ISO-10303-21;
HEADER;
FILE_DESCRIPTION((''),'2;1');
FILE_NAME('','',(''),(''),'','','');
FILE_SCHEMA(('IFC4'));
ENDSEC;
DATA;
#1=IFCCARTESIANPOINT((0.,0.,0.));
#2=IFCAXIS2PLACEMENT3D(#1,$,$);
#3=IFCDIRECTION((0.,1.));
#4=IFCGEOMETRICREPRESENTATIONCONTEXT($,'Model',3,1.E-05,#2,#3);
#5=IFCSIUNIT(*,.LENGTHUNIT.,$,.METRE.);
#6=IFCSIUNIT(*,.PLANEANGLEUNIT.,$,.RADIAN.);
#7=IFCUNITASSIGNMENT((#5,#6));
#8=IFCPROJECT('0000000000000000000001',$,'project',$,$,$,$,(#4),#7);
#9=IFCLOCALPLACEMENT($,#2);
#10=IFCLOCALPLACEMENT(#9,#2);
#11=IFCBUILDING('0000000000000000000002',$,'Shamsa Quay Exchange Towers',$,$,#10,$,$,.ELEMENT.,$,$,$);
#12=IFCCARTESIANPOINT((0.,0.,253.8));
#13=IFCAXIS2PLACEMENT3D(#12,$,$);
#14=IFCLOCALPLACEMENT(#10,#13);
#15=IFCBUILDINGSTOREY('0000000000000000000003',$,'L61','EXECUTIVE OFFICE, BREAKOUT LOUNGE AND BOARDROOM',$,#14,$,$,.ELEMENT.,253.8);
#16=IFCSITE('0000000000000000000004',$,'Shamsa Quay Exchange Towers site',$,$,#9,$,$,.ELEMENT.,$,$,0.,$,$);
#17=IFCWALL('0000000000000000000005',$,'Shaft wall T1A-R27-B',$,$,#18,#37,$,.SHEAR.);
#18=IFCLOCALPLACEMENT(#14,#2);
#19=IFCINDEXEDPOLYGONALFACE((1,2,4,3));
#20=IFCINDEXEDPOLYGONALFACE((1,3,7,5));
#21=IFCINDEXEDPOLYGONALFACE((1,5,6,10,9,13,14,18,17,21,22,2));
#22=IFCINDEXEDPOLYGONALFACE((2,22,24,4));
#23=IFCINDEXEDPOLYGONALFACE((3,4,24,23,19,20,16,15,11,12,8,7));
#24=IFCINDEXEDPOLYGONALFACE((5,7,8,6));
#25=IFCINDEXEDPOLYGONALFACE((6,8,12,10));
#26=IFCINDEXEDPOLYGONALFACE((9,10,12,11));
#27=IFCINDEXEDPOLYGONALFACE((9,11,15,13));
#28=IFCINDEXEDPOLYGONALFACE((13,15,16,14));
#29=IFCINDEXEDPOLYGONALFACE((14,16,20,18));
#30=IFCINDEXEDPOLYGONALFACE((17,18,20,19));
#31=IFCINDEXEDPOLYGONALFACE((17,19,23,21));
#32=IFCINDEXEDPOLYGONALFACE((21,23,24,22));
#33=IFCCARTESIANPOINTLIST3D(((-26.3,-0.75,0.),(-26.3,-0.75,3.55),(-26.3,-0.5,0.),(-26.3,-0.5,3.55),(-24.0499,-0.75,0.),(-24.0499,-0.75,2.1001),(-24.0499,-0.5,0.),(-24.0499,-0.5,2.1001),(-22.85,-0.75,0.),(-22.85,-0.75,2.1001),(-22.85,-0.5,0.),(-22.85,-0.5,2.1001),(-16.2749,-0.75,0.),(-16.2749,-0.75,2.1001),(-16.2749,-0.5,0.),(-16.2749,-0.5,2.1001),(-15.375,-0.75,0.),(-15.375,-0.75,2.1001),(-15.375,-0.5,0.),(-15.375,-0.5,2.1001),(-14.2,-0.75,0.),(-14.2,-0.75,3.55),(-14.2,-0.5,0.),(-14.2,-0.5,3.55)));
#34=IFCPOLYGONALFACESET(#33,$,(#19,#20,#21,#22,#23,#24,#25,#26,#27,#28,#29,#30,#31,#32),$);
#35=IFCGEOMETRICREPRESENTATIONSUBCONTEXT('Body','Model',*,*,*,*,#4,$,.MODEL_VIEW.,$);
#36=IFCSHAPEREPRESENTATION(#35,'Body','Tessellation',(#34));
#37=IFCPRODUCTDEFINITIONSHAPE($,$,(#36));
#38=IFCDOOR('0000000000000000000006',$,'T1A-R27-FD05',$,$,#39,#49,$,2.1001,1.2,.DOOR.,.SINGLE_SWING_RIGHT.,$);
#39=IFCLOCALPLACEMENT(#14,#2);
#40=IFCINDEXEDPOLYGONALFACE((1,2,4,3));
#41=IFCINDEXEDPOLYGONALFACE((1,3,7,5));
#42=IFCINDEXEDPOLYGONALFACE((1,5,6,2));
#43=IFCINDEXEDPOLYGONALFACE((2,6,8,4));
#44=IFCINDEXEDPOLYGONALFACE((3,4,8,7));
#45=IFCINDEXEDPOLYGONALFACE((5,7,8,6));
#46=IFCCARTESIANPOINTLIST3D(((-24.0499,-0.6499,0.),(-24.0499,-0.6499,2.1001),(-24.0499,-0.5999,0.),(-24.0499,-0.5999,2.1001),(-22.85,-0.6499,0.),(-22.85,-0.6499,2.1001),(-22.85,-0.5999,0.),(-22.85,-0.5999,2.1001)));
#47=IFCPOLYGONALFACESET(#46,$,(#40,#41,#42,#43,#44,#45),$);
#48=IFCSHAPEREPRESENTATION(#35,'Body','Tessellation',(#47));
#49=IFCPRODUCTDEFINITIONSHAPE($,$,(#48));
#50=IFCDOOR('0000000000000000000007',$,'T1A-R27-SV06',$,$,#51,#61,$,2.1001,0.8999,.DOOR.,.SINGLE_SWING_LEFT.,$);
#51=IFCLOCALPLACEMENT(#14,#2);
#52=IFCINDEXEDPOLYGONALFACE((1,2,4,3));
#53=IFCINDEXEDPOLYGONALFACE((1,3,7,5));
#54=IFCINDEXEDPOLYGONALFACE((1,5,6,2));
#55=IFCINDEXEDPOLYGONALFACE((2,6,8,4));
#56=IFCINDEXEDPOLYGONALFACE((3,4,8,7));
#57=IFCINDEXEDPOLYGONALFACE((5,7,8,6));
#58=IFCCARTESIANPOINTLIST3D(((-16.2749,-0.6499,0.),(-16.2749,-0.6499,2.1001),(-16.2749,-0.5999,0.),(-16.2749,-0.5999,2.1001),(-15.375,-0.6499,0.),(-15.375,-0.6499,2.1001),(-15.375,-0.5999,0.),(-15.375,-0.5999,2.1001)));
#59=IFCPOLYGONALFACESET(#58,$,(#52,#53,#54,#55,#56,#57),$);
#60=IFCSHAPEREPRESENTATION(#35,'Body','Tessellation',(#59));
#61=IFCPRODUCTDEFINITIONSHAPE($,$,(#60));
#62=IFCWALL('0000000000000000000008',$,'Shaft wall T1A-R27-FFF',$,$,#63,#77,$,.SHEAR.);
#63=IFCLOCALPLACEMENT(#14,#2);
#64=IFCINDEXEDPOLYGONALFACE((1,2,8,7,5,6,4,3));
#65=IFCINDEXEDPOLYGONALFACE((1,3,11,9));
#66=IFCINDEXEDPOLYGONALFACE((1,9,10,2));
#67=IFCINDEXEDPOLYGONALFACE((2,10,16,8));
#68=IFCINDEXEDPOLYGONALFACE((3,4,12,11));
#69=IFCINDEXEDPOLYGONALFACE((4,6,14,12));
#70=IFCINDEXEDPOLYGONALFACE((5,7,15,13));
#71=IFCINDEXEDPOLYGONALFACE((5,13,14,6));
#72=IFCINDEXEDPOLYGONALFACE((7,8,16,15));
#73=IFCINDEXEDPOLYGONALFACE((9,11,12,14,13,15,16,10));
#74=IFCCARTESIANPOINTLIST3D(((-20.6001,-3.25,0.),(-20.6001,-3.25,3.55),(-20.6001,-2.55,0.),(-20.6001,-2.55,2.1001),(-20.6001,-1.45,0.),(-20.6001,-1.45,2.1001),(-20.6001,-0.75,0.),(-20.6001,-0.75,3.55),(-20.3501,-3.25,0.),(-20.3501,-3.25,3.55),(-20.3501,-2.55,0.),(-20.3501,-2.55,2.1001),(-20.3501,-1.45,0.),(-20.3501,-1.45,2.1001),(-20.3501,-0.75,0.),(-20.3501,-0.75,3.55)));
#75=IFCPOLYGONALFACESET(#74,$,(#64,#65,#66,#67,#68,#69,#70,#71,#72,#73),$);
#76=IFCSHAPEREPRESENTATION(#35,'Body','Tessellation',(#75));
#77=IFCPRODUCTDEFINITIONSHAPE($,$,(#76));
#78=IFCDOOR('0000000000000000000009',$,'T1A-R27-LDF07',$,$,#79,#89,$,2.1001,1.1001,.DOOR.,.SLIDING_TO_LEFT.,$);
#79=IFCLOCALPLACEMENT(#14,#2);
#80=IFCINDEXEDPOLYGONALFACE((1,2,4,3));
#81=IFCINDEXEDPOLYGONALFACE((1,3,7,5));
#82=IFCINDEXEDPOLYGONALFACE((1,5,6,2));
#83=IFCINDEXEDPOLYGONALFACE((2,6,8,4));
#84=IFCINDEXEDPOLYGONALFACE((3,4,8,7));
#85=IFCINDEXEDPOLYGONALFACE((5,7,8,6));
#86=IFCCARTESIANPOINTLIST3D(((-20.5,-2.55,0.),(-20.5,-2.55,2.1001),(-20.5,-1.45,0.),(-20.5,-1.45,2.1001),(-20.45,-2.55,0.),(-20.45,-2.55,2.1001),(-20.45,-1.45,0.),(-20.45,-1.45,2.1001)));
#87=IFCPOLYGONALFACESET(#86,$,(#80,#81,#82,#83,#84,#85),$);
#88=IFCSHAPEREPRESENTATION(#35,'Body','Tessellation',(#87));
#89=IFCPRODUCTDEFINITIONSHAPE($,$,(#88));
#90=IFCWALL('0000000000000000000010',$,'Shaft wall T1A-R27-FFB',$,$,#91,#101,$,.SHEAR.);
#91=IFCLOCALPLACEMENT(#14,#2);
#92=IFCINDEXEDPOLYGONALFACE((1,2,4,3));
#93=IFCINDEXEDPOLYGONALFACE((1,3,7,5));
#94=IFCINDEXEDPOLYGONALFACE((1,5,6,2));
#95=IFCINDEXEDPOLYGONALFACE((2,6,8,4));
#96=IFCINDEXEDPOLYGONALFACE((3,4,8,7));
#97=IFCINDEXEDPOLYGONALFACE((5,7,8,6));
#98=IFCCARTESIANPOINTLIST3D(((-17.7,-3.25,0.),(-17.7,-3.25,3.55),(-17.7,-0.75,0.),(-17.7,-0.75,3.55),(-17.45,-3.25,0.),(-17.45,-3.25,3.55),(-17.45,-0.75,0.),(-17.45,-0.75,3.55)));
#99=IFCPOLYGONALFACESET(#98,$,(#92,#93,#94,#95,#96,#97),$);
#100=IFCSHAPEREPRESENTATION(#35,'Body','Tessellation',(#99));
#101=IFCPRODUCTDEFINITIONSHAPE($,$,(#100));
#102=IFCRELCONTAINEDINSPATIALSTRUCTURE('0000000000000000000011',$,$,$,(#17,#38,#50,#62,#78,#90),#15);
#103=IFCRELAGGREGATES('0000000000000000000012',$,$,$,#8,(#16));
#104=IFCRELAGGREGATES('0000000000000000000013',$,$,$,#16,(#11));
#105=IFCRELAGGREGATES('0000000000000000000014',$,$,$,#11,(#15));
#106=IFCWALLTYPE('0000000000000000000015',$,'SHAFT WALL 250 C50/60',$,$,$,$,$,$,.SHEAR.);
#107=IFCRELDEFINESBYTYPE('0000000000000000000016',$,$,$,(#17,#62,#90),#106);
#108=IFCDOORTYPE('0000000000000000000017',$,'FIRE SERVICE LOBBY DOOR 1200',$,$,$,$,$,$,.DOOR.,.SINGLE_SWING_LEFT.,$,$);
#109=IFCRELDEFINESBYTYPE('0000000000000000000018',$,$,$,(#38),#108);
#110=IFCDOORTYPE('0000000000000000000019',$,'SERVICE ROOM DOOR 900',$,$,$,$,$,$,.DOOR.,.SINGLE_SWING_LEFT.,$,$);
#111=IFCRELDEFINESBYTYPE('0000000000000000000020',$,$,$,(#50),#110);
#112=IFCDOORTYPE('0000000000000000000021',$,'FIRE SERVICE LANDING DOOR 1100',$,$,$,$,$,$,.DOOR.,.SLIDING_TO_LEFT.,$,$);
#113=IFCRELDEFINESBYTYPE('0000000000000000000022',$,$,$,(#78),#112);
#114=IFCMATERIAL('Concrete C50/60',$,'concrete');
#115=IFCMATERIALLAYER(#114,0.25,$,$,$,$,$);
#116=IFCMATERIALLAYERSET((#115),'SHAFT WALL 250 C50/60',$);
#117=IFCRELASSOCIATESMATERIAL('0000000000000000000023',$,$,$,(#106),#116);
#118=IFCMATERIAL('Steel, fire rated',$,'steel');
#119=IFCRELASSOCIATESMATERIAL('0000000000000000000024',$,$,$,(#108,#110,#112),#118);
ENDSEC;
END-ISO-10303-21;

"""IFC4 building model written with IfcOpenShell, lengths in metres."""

from ifc_helpers import new_model, si_unit, direction, frame, frame_2d, origin, place, context, subcontext, project, spatial, rectangle, extrude, material, layer, layer_set, type_object, element, fill, save


model = new_model("IFC4")

# Units and contexts
model_context = context("Model", 3, precision=1e-05, world=origin(), true_north=direction((0.0, 1.0)))
body_context = subcontext(model_context, "Body", "Model", "MODEL_VIEW")
ifc_project = project(units=[si_unit("LENGTHUNIT", "METRE"), si_unit("PLANEANGLEUNIT", "RADIAN")], contexts=[model_context])

# Site, building, storey
site_placement = place(None, origin())
site = spatial("IfcSite", under=ifc_project, at=site_placement, Name="Shamsa Quay Exchange Towers site", CompositionType="ELEMENT", RefElevation=0.0)
building_placement = place(site_placement, origin())
building = spatial("IfcBuilding", under=site, at=building_placement, Name="Shamsa Quay Exchange Towers", CompositionType="ELEMENT")
storey_placement = place(building_placement, frame((0.0, 0.0, 253.8)))
storey = spatial("IfcBuildingStorey", under=building, at=storey_placement, Name="L61", Description="EXECUTIVE OFFICE, BREAKOUT LOUNGE AND BOARDROOM", CompositionType="ELEMENT", Elevation=253.8)

# Shared definitions
ifc_material_1 = material(Name="Concrete C50/60", Category="concrete")
ifc_layer_1 = layer(ifc_material_1, 0.25)
ifc_layer_set_1 = layer_set([ifc_layer_1], Name="SHAFT WALL 250 C50/60")
wall_type = type_object("IfcWallType", Name="SHAFT WALL 250 C50/60", PredefinedType="SHEAR", material=ifc_layer_set_1)
ifc_material_2 = material(Name="Steel, fire rated", Category="steel")

# Wall, openings, doors
wall_1_placement = place(storey_placement, frame((-14.2, -0.625, 0.0), z_axis=(0.0, 0.0, 1.0), x_axis=(-1.0, 0.0, 0.0)))
wall_1 = element("IfcWall", 1, at=wall_1_placement, inside=storey, type_object=wall_type, Name="Shaft wall T1A-R27-B", PredefinedType="SHEAR", context=body_context, shape_type="SweptSolid", body=[
    extrude(rectangle(XDim=12.1001, YDim=0.25, at=frame_2d((6.05, 0.0))), origin(), (0.0, 0.0, 1.0), 3.55),
])
opening_1_placement = place(wall_1_placement, frame((8.6499, 0.0, 0.0)))
opening_1 = element("IfcOpeningElement", 2, at=opening_1_placement, cuts=wall_1, PredefinedType="OPENING", context=body_context, shape_type="SweptSolid", body=[
    extrude(rectangle(XDim=1.2, YDim=2.1001, at=frame_2d((0.6001, 1.05))), frame((0.0, 0.135, 0.0), z_axis=(0.0, -1.0, 0.0), x_axis=(1.0, 0.0, 0.0)), (0.0, 0.0, 1.0), 0.27),
])
opening_2_placement = place(wall_1_placement, frame((1.175, 0.0, 0.0)))
opening_2 = element("IfcOpeningElement", 3, at=opening_2_placement, cuts=wall_1, PredefinedType="OPENING", context=body_context, shape_type="SweptSolid", body=[
    extrude(rectangle(XDim=0.8999, YDim=2.1001, at=frame_2d((0.45, 1.05))), frame((0.0, 0.135, 0.0), z_axis=(0.0, -1.0, 0.0), x_axis=(1.0, 0.0, 0.0)), (0.0, 0.0, 1.0), 0.27),
])
door_type_1 = type_object("IfcDoorType", Name="FIRE SERVICE LOBBY DOOR 1200", OperationType="SINGLE_SWING_LEFT", PredefinedType="DOOR", material=ifc_material_2)
door_1_placement = place(opening_1_placement, origin())
door_1 = element("IfcDoor", 4, at=door_1_placement, inside=storey, type_object=door_type_1, Name="T1A-R27-FD05", OperationType="SINGLE_SWING_RIGHT", OverallHeight=2.1001, OverallWidth=1.2, PredefinedType="DOOR", context=body_context, shape_type="SweptSolid", body=[
    extrude(rectangle(XDim=1.2, YDim=2.1001, at=frame_2d((0.6001, 1.05))), frame((0.0, 0.0249, 0.0), z_axis=(0.0, -1.0, 0.0), x_axis=(1.0, 0.0, 0.0)), (0.0, 0.0, 1.0), 0.05),
])
fill(opening_1, door_1)
door_type_2 = type_object("IfcDoorType", Name="SERVICE ROOM DOOR 900", OperationType="SINGLE_SWING_LEFT", PredefinedType="DOOR", material=ifc_material_2)
door_2_placement = place(opening_2_placement, origin())
door_2 = element("IfcDoor", 5, at=door_2_placement, inside=storey, type_object=door_type_2, Name="T1A-R27-SV06", OperationType="SINGLE_SWING_LEFT", OverallHeight=2.1001, OverallWidth=0.8999, PredefinedType="DOOR", context=body_context, shape_type="SweptSolid", body=[
    extrude(rectangle(XDim=0.8999, YDim=2.1001, at=frame_2d((0.45, 1.05))), frame((0.0, 0.0249, 0.0), z_axis=(0.0, -1.0, 0.0), x_axis=(1.0, 0.0, 0.0)), (0.0, 0.0, 1.0), 0.05),
])
fill(opening_2, door_2)

# Wall, opening, door
wall_2_placement = place(storey_placement, frame((-20.4751, -3.25, 0.0), z_axis=(0.0, 0.0, 1.0), x_axis=(0.0, 1.0, 0.0)))
wall_2 = element("IfcWall", 6, at=wall_2_placement, inside=storey, type_object=wall_type, Name="Shaft wall T1A-R27-FFF", PredefinedType="SHEAR", context=body_context, shape_type="SweptSolid", body=[
    extrude(rectangle(XDim=2.5, YDim=0.25, at=frame_2d((1.25, 0.0))), origin(), (0.0, 0.0, 1.0), 3.55),
])
opening_3_placement = place(wall_2_placement, frame((0.7, 0.0, 0.0)))
opening_3 = element("IfcOpeningElement", 7, at=opening_3_placement, cuts=wall_2, PredefinedType="OPENING", context=body_context, shape_type="SweptSolid", body=[
    extrude(rectangle(XDim=1.1001, YDim=2.1001, at=frame_2d((0.55, 1.05))), frame((0.0, 0.135, 0.0), z_axis=(0.0, -1.0, 0.0), x_axis=(1.0, 0.0, 0.0)), (0.0, 0.0, 1.0), 0.27),
])
door_type_3 = type_object("IfcDoorType", Name="FIRE SERVICE LANDING DOOR 1100", OperationType="SLIDING_TO_LEFT", PredefinedType="DOOR", material=ifc_material_2)
door_3_placement = place(opening_3_placement, origin())
door_3 = element("IfcDoor", 8, at=door_3_placement, inside=storey, type_object=door_type_3, Name="T1A-R27-LDF07", OperationType="SLIDING_TO_LEFT", OverallHeight=2.1001, OverallWidth=1.1001, PredefinedType="DOOR", context=body_context, shape_type="SweptSolid", body=[
    extrude(rectangle(XDim=1.1001, YDim=2.1001, at=frame_2d((0.55, 1.05))), frame((0.0, 0.0249, 0.0), z_axis=(0.0, -1.0, 0.0), x_axis=(1.0, 0.0, 0.0)), (0.0, 0.0, 1.0), 0.05),
])
fill(opening_3, door_3)

# Wall
wall_3_placement = place(storey_placement, frame((-17.575, -3.25, 0.0), z_axis=(0.0, 0.0, 1.0), x_axis=(0.0, 1.0, 0.0)))
element("IfcWall", 9, at=wall_3_placement, inside=storey, type_object=wall_type, Name="Shaft wall T1A-R27-FFB", PredefinedType="SHEAR", context=body_context, shape_type="SweptSolid", body=[
    extrude(rectangle(XDim=2.5, YDim=0.25, at=frame_2d((1.25, 0.0))), origin(), (0.0, 0.0, 1.0), 3.55),
])

save(model, "model.ifc")
